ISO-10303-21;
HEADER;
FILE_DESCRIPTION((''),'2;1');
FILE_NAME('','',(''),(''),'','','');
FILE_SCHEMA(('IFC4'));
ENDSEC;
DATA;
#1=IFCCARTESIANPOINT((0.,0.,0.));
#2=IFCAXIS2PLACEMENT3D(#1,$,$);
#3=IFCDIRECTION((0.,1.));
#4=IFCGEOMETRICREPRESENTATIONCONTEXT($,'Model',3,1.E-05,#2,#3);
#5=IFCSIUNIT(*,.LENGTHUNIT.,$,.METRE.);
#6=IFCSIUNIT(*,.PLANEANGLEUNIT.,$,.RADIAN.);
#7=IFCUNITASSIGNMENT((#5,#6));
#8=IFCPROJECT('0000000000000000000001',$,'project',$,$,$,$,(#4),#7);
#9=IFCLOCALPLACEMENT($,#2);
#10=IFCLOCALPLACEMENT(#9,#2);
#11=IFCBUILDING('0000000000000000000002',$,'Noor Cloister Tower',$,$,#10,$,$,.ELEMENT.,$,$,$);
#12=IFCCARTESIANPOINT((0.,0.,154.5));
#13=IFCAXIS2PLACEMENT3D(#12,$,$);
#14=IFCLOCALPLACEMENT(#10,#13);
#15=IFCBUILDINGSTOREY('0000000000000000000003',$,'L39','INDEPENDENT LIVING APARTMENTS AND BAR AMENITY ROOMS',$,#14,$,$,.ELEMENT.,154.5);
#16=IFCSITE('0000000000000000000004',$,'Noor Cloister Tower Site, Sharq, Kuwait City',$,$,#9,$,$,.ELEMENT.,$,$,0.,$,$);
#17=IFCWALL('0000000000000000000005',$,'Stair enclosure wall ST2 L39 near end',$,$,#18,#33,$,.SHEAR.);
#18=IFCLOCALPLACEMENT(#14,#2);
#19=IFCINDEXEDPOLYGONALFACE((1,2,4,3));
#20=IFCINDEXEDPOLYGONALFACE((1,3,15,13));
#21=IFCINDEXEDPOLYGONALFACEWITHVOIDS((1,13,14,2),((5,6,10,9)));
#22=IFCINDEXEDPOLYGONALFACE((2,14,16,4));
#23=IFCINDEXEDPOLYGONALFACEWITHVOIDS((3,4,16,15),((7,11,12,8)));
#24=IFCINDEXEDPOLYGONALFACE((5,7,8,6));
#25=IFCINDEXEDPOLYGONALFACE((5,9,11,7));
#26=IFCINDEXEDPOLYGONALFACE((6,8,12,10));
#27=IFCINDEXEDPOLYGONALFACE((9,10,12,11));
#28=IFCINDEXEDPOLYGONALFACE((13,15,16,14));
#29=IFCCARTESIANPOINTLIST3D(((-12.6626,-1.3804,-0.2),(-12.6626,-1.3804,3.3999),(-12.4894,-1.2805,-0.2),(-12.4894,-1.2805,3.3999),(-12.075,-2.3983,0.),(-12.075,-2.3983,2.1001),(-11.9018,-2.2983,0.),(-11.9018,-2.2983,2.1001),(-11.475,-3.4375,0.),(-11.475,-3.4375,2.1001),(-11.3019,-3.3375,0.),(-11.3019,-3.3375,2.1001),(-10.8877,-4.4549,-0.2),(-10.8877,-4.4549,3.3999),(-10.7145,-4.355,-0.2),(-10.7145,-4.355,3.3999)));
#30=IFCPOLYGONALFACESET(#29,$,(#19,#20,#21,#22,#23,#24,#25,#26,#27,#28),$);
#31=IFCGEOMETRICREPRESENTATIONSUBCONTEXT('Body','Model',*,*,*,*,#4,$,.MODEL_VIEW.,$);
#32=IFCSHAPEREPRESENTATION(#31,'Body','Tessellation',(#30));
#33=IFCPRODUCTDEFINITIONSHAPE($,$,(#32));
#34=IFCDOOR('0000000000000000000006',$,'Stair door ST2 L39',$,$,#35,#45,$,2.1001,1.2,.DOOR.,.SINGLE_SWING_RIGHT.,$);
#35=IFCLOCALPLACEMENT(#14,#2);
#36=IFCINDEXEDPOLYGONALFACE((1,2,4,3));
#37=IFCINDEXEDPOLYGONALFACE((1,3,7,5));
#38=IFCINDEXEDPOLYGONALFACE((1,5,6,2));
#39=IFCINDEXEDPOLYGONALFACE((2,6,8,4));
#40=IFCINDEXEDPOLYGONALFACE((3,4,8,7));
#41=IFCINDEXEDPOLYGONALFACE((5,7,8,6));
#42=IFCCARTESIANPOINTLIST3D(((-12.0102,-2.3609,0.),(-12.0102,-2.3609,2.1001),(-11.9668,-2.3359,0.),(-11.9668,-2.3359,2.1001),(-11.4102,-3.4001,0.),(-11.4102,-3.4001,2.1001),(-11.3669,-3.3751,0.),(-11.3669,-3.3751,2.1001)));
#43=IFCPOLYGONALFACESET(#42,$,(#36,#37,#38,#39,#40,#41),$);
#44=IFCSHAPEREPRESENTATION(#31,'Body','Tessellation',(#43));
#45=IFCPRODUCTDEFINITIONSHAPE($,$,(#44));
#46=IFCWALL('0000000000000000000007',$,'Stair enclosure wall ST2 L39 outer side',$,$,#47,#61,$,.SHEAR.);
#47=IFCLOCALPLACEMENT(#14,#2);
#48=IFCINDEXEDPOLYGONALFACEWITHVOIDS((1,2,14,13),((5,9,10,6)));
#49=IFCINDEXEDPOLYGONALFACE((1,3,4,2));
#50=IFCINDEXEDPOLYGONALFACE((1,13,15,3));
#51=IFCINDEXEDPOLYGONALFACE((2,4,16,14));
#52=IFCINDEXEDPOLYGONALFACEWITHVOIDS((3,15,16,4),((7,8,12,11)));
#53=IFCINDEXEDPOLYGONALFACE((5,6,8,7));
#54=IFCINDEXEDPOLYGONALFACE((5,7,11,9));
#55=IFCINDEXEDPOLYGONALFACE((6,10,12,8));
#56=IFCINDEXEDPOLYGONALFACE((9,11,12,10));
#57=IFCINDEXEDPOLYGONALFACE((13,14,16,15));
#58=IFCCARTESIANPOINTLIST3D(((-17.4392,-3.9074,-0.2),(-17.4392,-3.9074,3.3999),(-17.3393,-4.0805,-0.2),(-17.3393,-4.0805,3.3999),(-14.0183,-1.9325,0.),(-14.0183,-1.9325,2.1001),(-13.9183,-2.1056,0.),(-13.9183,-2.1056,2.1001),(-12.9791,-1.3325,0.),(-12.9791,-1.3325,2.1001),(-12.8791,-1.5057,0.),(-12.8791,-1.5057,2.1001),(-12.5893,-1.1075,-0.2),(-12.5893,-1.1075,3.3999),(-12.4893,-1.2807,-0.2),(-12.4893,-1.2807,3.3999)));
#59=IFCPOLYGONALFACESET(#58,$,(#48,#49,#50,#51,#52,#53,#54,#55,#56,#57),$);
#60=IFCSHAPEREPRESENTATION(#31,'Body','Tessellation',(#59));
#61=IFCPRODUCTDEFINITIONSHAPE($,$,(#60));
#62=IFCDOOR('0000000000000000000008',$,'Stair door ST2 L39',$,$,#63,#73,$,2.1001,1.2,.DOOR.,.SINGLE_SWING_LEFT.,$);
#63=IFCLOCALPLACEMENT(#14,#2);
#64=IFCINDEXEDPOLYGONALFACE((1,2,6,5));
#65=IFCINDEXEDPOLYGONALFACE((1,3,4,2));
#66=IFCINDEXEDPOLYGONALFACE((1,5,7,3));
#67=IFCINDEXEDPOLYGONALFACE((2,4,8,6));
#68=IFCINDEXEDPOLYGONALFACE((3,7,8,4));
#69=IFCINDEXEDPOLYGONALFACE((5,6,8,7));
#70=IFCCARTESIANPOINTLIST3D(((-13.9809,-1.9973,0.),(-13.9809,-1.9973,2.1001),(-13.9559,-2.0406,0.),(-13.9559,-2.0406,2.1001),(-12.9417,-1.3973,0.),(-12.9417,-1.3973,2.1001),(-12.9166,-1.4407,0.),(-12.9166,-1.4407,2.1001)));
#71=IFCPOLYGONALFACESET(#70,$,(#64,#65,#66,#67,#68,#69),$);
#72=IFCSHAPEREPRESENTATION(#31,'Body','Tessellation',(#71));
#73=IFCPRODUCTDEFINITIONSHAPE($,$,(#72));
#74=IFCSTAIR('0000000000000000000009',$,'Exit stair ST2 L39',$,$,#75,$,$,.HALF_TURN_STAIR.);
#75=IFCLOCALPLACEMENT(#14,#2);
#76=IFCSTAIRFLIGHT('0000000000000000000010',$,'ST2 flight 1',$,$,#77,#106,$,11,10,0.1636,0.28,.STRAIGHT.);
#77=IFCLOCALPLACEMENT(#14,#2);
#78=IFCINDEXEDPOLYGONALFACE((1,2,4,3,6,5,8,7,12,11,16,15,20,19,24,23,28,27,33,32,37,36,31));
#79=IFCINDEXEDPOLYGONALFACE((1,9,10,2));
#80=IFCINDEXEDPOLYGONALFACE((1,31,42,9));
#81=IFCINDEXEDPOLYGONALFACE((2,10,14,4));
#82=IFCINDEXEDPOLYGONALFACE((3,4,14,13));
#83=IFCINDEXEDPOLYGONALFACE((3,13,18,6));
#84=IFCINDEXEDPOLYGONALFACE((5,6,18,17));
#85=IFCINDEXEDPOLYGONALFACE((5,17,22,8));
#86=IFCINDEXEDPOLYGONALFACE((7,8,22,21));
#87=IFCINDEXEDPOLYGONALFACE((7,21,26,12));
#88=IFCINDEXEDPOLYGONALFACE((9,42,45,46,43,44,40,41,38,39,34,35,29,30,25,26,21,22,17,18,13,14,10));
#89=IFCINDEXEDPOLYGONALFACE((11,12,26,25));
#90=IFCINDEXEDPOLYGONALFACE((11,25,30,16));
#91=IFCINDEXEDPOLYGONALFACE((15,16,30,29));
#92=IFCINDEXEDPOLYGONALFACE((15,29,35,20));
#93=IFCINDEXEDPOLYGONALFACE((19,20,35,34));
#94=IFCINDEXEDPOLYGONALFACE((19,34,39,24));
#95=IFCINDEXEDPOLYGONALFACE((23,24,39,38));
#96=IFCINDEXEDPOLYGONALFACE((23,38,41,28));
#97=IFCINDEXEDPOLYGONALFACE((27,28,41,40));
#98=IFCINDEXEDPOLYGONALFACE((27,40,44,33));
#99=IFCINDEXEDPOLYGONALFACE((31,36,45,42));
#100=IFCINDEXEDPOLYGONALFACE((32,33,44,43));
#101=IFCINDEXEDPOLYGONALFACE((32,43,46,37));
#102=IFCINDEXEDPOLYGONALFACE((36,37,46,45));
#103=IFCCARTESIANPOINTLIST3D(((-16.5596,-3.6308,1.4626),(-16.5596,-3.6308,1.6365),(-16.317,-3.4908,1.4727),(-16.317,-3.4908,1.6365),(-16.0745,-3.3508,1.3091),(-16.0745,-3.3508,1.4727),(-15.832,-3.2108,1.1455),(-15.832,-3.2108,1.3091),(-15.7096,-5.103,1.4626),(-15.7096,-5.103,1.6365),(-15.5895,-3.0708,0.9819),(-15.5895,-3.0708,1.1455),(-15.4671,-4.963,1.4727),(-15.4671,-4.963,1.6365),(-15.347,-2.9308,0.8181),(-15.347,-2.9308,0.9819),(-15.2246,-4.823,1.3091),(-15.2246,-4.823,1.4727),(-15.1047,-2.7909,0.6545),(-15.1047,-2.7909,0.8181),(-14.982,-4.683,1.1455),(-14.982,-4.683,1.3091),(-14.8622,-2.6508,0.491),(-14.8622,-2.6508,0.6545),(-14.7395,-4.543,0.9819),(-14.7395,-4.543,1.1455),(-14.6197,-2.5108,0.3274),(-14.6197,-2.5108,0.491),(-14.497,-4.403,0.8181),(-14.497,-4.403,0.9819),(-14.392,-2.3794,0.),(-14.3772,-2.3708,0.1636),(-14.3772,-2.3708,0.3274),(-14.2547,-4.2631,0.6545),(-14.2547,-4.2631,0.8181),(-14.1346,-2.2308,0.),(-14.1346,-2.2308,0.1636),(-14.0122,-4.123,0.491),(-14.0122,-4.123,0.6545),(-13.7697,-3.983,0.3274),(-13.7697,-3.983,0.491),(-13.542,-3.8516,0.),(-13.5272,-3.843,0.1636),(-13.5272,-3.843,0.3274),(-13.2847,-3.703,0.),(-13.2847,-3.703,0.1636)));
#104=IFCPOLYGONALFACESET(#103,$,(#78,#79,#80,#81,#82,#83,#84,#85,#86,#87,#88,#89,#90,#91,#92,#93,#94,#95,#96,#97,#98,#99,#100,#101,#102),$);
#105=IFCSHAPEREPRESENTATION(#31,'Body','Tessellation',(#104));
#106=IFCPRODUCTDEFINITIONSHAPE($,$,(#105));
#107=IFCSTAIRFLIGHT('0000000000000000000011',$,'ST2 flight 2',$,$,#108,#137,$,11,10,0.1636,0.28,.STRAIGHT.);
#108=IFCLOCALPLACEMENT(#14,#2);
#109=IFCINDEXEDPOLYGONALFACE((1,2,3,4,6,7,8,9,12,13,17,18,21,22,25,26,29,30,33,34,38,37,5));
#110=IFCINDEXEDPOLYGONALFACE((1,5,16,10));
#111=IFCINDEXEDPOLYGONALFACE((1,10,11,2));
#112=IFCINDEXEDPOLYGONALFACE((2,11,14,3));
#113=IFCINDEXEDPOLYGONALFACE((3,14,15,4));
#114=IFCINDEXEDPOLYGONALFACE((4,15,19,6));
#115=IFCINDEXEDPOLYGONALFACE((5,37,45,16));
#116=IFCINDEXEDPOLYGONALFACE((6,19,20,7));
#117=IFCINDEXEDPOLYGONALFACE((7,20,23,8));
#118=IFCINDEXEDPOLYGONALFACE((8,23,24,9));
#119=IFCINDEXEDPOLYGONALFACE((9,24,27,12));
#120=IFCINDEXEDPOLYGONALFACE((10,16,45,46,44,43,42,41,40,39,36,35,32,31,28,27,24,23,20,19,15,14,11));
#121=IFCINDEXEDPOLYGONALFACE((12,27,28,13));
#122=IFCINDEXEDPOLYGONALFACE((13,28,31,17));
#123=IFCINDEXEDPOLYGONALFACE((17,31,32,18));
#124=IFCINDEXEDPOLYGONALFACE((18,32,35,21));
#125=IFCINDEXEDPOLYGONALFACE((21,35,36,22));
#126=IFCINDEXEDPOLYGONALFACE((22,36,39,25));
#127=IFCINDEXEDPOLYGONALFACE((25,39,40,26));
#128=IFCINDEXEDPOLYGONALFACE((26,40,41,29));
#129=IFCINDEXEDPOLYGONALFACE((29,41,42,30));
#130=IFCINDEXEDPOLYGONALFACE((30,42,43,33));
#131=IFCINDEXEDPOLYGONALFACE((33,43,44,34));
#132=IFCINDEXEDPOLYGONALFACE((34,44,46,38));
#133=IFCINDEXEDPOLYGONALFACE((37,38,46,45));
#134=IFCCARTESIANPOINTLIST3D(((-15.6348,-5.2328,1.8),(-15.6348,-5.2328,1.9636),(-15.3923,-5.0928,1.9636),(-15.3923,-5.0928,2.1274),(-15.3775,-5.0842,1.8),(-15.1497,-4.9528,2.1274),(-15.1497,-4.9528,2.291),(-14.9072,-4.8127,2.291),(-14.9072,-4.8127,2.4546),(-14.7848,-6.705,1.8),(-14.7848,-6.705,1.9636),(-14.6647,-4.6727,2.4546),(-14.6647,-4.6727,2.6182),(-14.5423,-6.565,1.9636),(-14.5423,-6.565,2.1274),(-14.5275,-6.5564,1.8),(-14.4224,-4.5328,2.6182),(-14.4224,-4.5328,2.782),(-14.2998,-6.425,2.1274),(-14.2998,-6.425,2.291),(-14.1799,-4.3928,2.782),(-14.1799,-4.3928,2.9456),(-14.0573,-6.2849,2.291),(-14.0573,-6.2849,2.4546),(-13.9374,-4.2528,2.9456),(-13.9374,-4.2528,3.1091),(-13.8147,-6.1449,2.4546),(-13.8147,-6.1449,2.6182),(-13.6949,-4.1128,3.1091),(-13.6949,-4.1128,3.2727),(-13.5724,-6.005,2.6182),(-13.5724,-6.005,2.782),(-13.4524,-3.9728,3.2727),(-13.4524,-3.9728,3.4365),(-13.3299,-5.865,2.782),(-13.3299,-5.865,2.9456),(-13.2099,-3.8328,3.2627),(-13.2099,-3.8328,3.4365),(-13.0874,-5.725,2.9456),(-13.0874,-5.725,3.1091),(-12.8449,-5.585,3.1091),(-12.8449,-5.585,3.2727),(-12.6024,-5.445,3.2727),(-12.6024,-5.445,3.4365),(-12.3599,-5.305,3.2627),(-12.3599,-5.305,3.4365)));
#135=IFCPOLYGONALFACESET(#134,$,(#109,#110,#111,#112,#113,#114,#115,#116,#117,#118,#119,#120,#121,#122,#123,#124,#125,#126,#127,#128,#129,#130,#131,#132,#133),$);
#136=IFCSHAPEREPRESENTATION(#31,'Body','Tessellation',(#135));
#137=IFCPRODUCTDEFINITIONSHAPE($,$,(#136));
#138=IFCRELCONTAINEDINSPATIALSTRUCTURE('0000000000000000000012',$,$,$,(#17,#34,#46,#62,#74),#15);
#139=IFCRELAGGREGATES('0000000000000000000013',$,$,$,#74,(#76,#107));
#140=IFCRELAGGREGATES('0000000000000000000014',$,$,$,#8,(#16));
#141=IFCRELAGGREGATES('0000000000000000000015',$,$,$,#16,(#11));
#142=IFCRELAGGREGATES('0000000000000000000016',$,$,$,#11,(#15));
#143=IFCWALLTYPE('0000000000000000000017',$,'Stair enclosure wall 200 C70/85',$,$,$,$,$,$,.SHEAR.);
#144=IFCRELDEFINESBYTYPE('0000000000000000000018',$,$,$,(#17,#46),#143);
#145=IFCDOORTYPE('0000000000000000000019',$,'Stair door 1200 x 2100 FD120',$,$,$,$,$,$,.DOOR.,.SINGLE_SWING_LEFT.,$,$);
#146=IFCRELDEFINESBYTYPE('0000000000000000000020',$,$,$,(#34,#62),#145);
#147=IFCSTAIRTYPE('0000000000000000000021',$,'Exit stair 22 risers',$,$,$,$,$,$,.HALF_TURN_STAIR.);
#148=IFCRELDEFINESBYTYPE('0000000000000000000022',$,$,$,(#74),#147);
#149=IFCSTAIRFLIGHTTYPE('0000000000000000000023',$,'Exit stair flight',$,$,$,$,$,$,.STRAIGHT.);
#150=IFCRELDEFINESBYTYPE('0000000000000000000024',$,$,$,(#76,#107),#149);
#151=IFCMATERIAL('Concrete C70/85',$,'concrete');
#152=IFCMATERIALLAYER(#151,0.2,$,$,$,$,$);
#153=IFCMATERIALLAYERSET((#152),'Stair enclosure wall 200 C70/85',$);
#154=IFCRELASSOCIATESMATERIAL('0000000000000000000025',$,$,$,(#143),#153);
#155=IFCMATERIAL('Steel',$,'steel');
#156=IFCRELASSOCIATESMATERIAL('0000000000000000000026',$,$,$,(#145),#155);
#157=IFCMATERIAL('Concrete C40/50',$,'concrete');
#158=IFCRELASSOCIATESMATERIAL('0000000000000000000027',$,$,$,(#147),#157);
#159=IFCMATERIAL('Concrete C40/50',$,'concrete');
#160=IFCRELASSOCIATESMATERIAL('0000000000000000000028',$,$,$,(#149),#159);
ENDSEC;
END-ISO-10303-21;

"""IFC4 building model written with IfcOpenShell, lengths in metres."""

from ifc_helpers import new_model, si_unit, direction, frame, frame_2d, origin, place, context, subcontext, project, spatial, polyline, rectangle, outline, extrude, material, layer, layer_set, type_object, element, fill, aggregate, save


model = new_model("IFC4")

# Units and contexts
model_context = context("Model", 3, precision=1e-05, world=origin(), true_north=direction((0.0, 1.0)))
body_context = subcontext(model_context, "Body", "Model", "MODEL_VIEW")
ifc_project = project(units=[si_unit("LENGTHUNIT", "METRE"), si_unit("PLANEANGLEUNIT", "RADIAN")], contexts=[model_context])

# Site, building, storey
site_placement = place(None, origin())
site = spatial("IfcSite", under=ifc_project, at=site_placement, Name="Noor Cloister Tower Site, Sharq, Kuwait City", CompositionType="ELEMENT", RefElevation=0.0)
building_placement = place(site_placement, origin())
building = spatial("IfcBuilding", under=site, at=building_placement, Name="Noor Cloister Tower", CompositionType="ELEMENT")
storey_placement = place(building_placement, frame((0.0, 0.0, 154.5)))
storey = spatial("IfcBuildingStorey", under=building, at=storey_placement, Name="L39", Description="INDEPENDENT LIVING APARTMENTS AND BAR AMENITY ROOMS", CompositionType="ELEMENT", Elevation=154.5)

# Walls, openings, doors
ifc_material_1 = material(Name="Concrete C70/85", Category="concrete")
ifc_layer_1 = layer(ifc_material_1, 0.2)
ifc_layer_set_1 = layer_set([ifc_layer_1], Name="Stair enclosure wall 200 C70/85")
wall_type_1 = type_object("IfcWallType", Name="Stair enclosure wall 200 C70/85", PredefinedType="SHEAR", material=ifc_layer_set_1)
wall_1_placement = place(storey_placement, frame((-12.5759, -1.3306, -0.2), z_axis=(0.0, 0.0, 1.0), x_axis=(0.49997, -0.866042, 0.0)))
wall_1 = element("IfcWall", 1, at=wall_1_placement, inside=storey, type_object=wall_type_1, Name="Stair enclosure wall ST2 L39 near end", PredefinedType="SHEAR", context=body_context, shape_type="SweptSolid", body=[
    extrude(rectangle(XDim=3.55, YDim=0.2, at=frame_2d((1.7749, 0.0))), origin(), (0.0, 0.0, 1.0), 3.5999),
])
opening_1_placement = place(wall_1_placement, frame((1.175, 0.0, 0.2)))
opening_1 = element("IfcOpeningElement", 2, at=opening_1_placement, cuts=wall_1, PredefinedType="OPENING", context=body_context, shape_type="SweptSolid", body=[
    extrude(rectangle(XDim=1.2, YDim=2.1001, at=frame_2d((0.6001, 1.05))), frame((0.0, 0.1099, 0.0), z_axis=(0.0, -1.0, 0.0), x_axis=(1.0, 0.0, 0.0)), (0.0, 0.0, 1.0), 0.22),
])
ifc_material_2 = material(Name="Steel", Category="steel")
door_type_1 = type_object("IfcDoorType", Name="Stair door 1200 x 2100 FD120", OperationType="SINGLE_SWING_LEFT", PredefinedType="DOOR", material=ifc_material_2)
door_1_placement = place(opening_1_placement, origin())
door_1 = element("IfcDoor", 3, at=door_1_placement, inside=storey, type_object=door_type_1, Name="Stair door ST2 L39", OperationType="SINGLE_SWING_RIGHT", OverallHeight=2.1001, OverallWidth=1.2, PredefinedType="DOOR", context=body_context, shape_type="SweptSolid", body=[
    extrude(rectangle(XDim=1.2, YDim=2.1001, at=frame_2d((0.6001, 1.05))), frame((0.0, 0.0249, 0.0), z_axis=(0.0, -1.0, 0.0), x_axis=(1.0, 0.0, 0.0)), (0.0, 0.0, 1.0), 0.05),
])
fill(opening_1, door_1)
wall_2_placement = place(storey_placement, frame((-12.5393, -1.1941, -0.2), z_axis=(0.0, 0.0, 1.0), x_axis=(-0.866045, -0.499965, 0.0)))
wall_2 = element("IfcWall", 4, at=wall_2_placement, inside=storey, type_object=wall_type_1, Name="Stair enclosure wall ST2 L39 outer side", PredefinedType="SHEAR", context=body_context, shape_type="SweptSolid", body=[
    extrude(rectangle(XDim=5.6001, YDim=0.2, at=frame_2d((2.8, 0.0))), origin(), (0.0, 0.0, 1.0), 3.5999),
])
opening_2_placement = place(wall_2_placement, frame((0.45, 0.0, 0.2)))
opening_2 = element("IfcOpeningElement", 5, at=opening_2_placement, cuts=wall_2, PredefinedType="OPENING", context=body_context, shape_type="SweptSolid", body=[
    extrude(rectangle(XDim=1.2, YDim=2.1001, at=frame_2d((0.6001, 1.05))), frame((0.0, 0.1099, 0.0), z_axis=(0.0, -1.0, 0.0), x_axis=(1.0, 0.0, 0.0)), (0.0, 0.0, 1.0), 0.22),
])
door_2_placement = place(opening_2_placement, origin())
door_2 = element("IfcDoor", 6, at=door_2_placement, inside=storey, type_object=door_type_1, Name="Stair door ST2 L39", OperationType="SINGLE_SWING_LEFT", OverallHeight=2.1001, OverallWidth=1.2, PredefinedType="DOOR", context=body_context, shape_type="SweptSolid", body=[
    extrude(rectangle(XDim=1.2, YDim=2.1001, at=frame_2d((0.6001, 1.05))), frame((0.0, 0.0249, 0.0), z_axis=(0.0, -1.0, 0.0), x_axis=(1.0, 0.0, 0.0)), (0.0, 0.0, 1.0), 0.05),
])
fill(opening_2, door_2)

# Stair, stair flights
ifc_material_3 = material(Name="Concrete C40/50", Category="concrete")
stair_type = type_object("IfcStairType", Name="Exit stair 22 risers", PredefinedType="HALF_TURN_STAIR", material=ifc_material_3)
stair_placement = place(storey_placement, origin())
stair = element("IfcStair", 7, at=stair_placement, inside=storey, type_object=stair_type, Name="Exit stair ST2 L39", PredefinedType="HALF_TURN_STAIR")
ifc_material_4 = material(Name="Concrete C40/50", Category="concrete")
stair_flight_type = type_object("IfcStairFlightType", Name="Exit stair flight", PredefinedType="STRAIGHT", material=ifc_material_4)
stair_flight_1_placement = place(storey_placement, frame((-13.7097, -2.9668, 0.0), z_axis=(0.0, 0.0, 1.0), x_axis=(-0.866025, -0.5, 0.0)))
stair_flight_1 = element("IfcStairFlight", 8, at=stair_flight_1_placement, type_object=stair_flight_type, Name="ST2 flight 1", NumberOfRisers=11, NumberOfTreads=10, PredefinedType="STRAIGHT", RiserHeight=0.1636, TreadLength=0.28, context=body_context, shape_type="SweptSolid", body=[
    extrude(outline(polyline([(0.0, 0.0), (0.0, 0.1636), (0.28, 0.1636), (0.28, 0.3274), (0.5601, 0.3274), (0.5601, 0.491), (0.8401, 0.491), (0.8401, 0.6545), (1.1201, 0.6545), (1.1201, 0.8181), (1.3999, 0.8181), (1.3999, 0.9819), (1.6799, 0.9819), (1.6799, 1.1455), (1.96, 1.1455), (1.96, 1.3091), (2.24, 1.3091), (2.24, 1.4727), (2.52, 1.4727), (2.52, 1.6365), (2.8, 1.6365), (2.8, 1.8), (2.8, 1.4626), (0.2971, 0.0), (0.0, 0.0)])), frame((0.0, 0.8501, 0.0), z_axis=(0.0, -1.0, 0.0), x_axis=(1.0, 0.0, 0.0)), (0.0, 0.0, 1.0), 1.7),
])
stair_flight_2_placement = place(storey_placement, frame((-15.2097, -5.969, 1.8), z_axis=(0.0, 0.0, 1.0), x_axis=(0.866025, 0.5, 0.0)))
stair_flight_2 = element("IfcStairFlight", 9, at=stair_flight_2_placement, type_object=stair_flight_type, Name="ST2 flight 2", NumberOfRisers=11, NumberOfTreads=10, PredefinedType="STRAIGHT", RiserHeight=0.1636, TreadLength=0.28, context=body_context, shape_type="SweptSolid", body=[
    extrude(outline(polyline([(0.0, 0.0), (0.0, 0.1636), (0.28, 0.1636), (0.28, 0.3274), (0.5601, 0.3274), (0.5601, 0.491), (0.8401, 0.491), (0.8401, 0.6545), (1.1201, 0.6545), (1.1201, 0.8181), (1.3999, 0.8181), (1.3999, 0.9819), (1.6799, 0.9819), (1.6799, 1.1455), (1.96, 1.1455), (1.96, 1.3091), (2.24, 1.3091), (2.24, 1.4727), (2.52, 1.4727), (2.52, 1.6365), (2.8, 1.6365), (2.8, 1.8), (2.8, 1.4626), (0.2971, 0.0), (0.0, 0.0)])), frame((0.0, 0.8501, 0.0), z_axis=(0.0, -1.0, 0.0), x_axis=(1.0, 0.0, 0.0)), (0.0, 0.0, 1.0), 1.7),
])
aggregate(stair, [stair_flight_1, stair_flight_2])

save(model, "model.ifc")
